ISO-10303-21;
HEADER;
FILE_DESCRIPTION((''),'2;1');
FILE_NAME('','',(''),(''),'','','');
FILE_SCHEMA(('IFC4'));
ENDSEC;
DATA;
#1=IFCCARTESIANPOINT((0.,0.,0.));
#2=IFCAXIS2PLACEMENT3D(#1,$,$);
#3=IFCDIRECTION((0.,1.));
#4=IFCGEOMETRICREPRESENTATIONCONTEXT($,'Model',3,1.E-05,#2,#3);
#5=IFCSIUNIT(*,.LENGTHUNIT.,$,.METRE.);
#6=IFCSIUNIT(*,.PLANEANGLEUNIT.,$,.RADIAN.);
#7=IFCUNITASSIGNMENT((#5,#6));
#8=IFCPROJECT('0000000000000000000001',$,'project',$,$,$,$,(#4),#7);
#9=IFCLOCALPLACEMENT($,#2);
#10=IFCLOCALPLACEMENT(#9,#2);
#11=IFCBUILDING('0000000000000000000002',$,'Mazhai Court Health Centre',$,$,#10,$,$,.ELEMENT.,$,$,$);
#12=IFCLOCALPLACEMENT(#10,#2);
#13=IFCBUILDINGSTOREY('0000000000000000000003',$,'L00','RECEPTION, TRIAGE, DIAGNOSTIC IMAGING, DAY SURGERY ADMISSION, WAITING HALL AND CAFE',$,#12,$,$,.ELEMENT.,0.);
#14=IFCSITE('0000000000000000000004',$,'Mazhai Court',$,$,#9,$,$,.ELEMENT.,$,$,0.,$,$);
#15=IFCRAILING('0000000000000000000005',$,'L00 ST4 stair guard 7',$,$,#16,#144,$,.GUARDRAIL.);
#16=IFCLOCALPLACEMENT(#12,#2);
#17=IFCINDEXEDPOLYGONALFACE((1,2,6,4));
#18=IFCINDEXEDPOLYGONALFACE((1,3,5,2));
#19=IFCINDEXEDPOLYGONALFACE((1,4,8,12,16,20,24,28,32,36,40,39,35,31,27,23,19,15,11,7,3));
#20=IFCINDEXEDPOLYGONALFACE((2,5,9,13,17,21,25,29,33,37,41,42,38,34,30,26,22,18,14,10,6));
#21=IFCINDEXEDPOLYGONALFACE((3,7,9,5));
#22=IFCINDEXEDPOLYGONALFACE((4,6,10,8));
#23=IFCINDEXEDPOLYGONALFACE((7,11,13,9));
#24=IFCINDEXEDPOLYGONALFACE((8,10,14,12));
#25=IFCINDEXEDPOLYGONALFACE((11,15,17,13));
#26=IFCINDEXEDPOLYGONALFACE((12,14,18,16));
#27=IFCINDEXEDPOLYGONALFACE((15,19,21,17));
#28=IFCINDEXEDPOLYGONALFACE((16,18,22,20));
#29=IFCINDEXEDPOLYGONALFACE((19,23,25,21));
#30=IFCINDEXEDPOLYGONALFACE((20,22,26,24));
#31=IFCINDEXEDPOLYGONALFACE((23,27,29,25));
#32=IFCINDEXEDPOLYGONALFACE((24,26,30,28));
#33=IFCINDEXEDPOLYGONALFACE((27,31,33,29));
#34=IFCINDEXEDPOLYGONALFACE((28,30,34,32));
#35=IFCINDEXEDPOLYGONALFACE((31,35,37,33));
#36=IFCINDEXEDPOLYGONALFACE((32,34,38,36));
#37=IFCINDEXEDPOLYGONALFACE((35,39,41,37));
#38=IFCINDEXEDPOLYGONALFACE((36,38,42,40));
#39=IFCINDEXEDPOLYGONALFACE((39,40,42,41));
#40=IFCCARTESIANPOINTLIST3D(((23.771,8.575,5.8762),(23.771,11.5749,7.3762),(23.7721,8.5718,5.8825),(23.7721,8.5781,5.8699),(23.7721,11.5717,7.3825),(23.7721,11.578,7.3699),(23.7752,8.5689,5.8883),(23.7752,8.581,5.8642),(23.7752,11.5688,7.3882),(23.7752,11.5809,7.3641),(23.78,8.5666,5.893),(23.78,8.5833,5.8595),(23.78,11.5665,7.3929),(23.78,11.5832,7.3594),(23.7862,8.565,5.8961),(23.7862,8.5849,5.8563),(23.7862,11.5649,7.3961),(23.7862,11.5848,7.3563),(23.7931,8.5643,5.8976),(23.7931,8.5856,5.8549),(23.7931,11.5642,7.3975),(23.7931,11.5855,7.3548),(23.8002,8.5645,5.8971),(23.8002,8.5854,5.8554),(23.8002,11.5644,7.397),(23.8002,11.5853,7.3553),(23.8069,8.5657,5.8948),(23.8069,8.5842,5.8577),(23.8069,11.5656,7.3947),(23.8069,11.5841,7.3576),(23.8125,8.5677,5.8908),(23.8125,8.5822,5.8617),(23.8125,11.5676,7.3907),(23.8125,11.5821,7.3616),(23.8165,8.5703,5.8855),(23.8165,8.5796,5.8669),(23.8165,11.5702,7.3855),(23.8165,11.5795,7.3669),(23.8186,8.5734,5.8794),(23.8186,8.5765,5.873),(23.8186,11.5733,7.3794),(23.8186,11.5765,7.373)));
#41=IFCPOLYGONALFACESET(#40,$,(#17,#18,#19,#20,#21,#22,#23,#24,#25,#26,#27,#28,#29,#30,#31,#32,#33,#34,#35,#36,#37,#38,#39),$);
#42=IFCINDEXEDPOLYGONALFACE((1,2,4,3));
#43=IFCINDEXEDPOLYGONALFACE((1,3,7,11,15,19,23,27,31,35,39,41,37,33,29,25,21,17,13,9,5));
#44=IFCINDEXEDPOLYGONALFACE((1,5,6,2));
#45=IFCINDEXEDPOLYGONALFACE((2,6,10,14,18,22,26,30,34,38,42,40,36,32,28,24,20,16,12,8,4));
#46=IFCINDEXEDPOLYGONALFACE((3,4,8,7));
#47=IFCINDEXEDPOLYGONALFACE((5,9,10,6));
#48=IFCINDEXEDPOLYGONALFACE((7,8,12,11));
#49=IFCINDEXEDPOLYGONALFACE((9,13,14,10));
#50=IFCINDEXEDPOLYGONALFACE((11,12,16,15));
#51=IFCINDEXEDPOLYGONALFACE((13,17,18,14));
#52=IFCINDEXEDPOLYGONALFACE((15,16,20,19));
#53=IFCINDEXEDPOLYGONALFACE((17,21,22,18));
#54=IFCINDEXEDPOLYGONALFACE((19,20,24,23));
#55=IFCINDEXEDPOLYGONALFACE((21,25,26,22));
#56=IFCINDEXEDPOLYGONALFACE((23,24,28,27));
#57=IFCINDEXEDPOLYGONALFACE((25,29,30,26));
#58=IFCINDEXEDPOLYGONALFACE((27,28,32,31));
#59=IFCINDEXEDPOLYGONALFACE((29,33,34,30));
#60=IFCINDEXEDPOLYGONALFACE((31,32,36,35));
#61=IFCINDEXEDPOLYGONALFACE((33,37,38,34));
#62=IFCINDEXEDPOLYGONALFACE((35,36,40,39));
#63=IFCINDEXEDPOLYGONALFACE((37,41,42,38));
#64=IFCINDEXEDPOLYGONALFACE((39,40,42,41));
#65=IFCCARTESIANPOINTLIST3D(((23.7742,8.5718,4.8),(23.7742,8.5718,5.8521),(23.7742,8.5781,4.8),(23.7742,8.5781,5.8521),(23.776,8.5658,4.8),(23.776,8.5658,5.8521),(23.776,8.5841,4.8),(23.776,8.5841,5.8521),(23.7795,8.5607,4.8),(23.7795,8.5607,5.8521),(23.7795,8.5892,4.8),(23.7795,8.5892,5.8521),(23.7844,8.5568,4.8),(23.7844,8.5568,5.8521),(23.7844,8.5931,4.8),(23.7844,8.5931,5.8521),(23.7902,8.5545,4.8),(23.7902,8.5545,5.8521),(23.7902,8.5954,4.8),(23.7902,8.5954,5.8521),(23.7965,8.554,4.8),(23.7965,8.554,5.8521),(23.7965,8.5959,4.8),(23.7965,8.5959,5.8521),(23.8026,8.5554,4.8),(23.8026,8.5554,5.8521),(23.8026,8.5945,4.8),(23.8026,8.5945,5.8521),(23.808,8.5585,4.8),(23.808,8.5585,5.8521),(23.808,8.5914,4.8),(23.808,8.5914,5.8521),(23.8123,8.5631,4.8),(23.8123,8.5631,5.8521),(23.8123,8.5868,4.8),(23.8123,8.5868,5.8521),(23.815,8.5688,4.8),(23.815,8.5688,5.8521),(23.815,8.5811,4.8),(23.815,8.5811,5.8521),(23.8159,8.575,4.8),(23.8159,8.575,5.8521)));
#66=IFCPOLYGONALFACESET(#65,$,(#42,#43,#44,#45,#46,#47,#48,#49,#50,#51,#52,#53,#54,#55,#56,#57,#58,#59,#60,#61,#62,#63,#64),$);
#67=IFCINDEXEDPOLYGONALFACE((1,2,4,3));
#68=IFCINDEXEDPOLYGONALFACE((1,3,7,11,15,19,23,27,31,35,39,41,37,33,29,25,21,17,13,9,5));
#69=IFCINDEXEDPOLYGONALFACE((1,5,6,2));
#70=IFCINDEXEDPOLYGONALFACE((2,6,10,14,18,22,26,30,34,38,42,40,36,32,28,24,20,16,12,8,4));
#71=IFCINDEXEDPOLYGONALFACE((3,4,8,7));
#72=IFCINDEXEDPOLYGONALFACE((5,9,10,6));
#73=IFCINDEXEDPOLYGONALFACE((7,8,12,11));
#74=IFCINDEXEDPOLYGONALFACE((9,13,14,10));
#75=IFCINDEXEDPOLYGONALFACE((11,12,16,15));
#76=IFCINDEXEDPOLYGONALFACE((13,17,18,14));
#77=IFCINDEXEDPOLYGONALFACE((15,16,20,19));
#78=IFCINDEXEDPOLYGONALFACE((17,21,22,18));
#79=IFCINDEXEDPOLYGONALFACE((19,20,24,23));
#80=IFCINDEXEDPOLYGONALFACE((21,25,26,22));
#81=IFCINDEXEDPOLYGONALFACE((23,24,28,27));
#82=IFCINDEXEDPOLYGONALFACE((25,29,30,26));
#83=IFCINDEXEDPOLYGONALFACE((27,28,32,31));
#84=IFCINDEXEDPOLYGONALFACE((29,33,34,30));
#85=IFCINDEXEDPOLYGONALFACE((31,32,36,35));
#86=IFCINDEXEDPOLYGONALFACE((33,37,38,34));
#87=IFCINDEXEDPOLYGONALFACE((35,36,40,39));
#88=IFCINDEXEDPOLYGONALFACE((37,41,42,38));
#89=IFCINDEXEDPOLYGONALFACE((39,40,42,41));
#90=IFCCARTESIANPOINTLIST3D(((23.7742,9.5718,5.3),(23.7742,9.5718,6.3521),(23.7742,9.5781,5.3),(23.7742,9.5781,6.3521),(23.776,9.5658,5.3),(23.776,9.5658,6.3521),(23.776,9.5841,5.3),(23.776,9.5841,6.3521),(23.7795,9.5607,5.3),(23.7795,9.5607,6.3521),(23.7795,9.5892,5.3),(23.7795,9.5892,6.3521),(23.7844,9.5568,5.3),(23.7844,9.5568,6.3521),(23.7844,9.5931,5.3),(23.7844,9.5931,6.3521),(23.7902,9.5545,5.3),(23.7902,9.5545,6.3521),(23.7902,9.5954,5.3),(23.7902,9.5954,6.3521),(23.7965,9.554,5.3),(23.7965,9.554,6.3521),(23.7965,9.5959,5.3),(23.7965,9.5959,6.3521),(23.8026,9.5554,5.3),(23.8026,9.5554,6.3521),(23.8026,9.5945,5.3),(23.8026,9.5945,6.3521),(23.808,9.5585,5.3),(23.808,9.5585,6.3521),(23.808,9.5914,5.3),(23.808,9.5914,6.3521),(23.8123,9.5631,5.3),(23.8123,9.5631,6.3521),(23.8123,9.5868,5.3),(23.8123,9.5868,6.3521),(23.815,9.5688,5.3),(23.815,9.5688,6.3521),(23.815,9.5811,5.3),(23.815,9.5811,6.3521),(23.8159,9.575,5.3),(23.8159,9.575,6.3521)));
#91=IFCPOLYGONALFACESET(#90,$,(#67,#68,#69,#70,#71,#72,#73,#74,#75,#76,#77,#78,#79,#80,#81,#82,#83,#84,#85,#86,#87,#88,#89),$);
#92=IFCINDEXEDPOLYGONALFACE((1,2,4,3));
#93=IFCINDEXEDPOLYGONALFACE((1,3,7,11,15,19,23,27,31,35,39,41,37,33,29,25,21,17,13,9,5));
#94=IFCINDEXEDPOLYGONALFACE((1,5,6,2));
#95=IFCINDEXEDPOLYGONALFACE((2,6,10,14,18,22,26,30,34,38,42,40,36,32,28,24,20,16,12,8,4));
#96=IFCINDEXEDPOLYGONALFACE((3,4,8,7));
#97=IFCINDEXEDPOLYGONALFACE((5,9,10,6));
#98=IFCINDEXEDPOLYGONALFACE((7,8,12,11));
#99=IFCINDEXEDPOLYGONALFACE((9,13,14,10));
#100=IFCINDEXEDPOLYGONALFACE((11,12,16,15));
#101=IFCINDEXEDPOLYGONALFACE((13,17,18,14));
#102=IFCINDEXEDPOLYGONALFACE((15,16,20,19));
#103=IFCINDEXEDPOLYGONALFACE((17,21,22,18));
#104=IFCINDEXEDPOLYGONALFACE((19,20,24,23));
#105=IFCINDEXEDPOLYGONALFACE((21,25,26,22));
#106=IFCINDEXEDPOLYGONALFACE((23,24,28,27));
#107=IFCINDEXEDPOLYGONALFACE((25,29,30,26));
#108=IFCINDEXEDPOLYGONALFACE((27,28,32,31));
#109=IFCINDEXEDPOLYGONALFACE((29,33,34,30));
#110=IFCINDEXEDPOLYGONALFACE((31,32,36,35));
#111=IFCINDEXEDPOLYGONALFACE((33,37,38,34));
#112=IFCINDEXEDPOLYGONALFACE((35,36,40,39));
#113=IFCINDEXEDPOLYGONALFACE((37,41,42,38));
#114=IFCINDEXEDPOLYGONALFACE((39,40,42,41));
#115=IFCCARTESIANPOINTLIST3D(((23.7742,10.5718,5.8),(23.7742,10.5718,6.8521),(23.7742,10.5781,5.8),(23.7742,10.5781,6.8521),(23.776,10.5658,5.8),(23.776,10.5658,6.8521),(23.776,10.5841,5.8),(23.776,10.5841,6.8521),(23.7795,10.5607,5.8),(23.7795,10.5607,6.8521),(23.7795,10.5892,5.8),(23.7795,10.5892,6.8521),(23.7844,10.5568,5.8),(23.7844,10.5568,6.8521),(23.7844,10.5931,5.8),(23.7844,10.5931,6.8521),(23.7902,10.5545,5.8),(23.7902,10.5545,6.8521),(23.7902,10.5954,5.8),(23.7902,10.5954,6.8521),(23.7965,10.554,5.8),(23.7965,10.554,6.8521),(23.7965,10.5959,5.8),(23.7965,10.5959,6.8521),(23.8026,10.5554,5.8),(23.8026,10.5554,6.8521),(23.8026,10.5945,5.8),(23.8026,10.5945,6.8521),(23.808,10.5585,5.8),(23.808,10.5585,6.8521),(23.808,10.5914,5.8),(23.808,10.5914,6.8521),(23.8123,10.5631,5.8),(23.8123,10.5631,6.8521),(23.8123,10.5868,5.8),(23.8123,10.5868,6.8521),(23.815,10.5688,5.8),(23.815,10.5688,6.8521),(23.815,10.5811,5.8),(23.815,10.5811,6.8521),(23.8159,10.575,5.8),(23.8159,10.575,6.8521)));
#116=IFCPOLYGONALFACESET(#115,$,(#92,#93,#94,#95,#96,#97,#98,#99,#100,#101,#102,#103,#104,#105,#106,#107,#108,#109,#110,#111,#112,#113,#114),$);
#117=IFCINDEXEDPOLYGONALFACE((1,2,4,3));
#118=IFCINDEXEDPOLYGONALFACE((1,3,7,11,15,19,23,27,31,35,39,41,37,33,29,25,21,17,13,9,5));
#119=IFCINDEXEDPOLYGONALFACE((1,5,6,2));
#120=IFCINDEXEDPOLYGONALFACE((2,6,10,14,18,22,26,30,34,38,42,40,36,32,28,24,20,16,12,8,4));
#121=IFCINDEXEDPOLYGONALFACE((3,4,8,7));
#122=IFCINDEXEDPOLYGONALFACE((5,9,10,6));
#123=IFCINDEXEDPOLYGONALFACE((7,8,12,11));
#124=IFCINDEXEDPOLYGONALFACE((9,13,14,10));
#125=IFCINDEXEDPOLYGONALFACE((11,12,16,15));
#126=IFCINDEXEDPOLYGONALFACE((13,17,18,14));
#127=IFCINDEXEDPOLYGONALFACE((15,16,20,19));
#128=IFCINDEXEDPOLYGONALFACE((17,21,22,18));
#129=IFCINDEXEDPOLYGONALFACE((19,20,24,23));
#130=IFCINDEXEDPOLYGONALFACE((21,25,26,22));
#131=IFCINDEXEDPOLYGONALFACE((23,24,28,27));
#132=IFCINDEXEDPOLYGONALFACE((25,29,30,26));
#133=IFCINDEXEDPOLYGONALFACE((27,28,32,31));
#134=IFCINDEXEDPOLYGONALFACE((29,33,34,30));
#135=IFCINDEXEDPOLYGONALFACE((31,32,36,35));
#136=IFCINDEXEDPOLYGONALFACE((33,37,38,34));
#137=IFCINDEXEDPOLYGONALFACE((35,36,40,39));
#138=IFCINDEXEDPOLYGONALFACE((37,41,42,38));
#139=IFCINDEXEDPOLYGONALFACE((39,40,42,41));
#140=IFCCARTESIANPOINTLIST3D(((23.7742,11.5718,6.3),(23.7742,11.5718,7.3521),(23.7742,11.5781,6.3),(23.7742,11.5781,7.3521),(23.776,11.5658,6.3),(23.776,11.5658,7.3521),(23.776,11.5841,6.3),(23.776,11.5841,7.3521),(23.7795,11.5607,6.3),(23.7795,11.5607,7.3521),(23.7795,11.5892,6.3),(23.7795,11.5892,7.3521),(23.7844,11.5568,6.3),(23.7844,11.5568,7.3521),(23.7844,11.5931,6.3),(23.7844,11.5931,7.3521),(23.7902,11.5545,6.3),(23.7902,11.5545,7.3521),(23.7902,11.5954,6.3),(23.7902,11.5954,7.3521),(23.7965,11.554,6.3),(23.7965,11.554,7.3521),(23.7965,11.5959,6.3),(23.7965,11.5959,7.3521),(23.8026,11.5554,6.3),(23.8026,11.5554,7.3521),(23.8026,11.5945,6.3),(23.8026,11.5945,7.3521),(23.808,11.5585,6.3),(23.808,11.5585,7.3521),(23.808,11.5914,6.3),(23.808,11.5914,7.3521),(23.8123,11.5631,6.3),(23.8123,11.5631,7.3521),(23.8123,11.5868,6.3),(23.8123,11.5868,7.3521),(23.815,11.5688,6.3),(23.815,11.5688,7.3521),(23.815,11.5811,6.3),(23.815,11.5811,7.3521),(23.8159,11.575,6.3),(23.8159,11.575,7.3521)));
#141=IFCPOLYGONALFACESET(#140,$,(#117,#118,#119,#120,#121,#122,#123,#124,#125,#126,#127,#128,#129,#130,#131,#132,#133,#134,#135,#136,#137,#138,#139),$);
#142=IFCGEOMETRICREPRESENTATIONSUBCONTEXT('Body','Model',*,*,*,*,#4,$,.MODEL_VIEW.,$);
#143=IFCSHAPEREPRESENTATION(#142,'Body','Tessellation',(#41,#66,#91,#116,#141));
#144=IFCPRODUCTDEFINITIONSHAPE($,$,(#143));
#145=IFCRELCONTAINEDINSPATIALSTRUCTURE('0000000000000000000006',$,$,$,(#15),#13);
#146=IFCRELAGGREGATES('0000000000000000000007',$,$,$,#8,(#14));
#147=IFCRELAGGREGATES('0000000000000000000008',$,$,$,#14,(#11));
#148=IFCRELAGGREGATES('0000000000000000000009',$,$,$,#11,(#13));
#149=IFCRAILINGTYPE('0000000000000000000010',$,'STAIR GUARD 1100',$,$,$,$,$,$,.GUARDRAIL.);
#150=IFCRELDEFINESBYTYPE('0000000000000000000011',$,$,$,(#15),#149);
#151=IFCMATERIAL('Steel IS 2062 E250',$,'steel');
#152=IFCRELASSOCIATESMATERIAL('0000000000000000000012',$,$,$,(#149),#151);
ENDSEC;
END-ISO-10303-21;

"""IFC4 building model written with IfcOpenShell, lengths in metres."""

from ifc_helpers import new_model, si_unit, direction, frame, origin, origin_2d, place, context, subcontext, project, spatial, circle, extrude, material, type_object, element, save


model = new_model("IFC4")

# Units and contexts
model_context = context("Model", 3, precision=1e-05, world=origin(), true_north=direction((0.0, 1.0)))
body_context = subcontext(model_context, "Body", "Model", "MODEL_VIEW")
ifc_project = project(units=[si_unit("LENGTHUNIT", "METRE"), si_unit("PLANEANGLEUNIT", "RADIAN")], contexts=[model_context])

# Site, building, storey
site_placement = place(None, origin())
site = spatial("IfcSite", under=ifc_project, at=site_placement, Name="Mazhai Court", CompositionType="ELEMENT", RefElevation=0.0)
building_placement = place(site_placement, origin())
building = spatial("IfcBuilding", under=site, at=building_placement, Name="Mazhai Court Health Centre", CompositionType="ELEMENT")
storey_placement = place(building_placement, origin())
storey = spatial("IfcBuildingStorey", under=building, at=storey_placement, Name="L00", Description="RECEPTION, TRIAGE, DIAGNOSTIC IMAGING, DAY SURGERY ADMISSION, WAITING HALL AND CAFE", CompositionType="ELEMENT", Elevation=0.0)

# Railing
ifc_material_1 = material(Name="Steel IS 2062 E250", Category="steel")
railing_type = type_object("IfcRailingType", Name="STAIR GUARD 1100", PredefinedType="GUARDRAIL", material=ifc_material_1)
railing_1_placement = place(storey_placement, frame((23.7949, 8.575, 4.8)))
element("IfcRailing", 1, at=railing_1_placement, inside=storey, type_object=railing_type, Name="L00 ST4 stair guard 7", PredefinedType="GUARDRAIL", context=body_context, shape_type="SweptSolid", body=[
    extrude(circle(Radius=0.0239, at=origin_2d()), frame((0.0, 0.0, 1.0762), z_axis=(0.0, 0.894427, 0.447214), x_axis=(-1.0, 0.0, 0.0)), (0.0, 0.0, 1.0), 3.354),
    extrude(circle(Radius=0.021, at=origin_2d()), origin(), (0.0, 0.0, 1.0), 1.052),
    extrude(circle(Radius=0.021, at=origin_2d()), frame((0.0, 1.0, 0.5)), (0.0, 0.0, 1.0), 1.052),
    extrude(circle(Radius=0.021, at=origin_2d()), frame((0.0, 2.0, 1.0)), (0.0, 0.0, 1.0), 1.052),
    extrude(circle(Radius=0.021, at=origin_2d()), frame((0.0, 3.0, 1.5)), (0.0, 0.0, 1.0), 1.052),
])

save(model, "model.ifc")
